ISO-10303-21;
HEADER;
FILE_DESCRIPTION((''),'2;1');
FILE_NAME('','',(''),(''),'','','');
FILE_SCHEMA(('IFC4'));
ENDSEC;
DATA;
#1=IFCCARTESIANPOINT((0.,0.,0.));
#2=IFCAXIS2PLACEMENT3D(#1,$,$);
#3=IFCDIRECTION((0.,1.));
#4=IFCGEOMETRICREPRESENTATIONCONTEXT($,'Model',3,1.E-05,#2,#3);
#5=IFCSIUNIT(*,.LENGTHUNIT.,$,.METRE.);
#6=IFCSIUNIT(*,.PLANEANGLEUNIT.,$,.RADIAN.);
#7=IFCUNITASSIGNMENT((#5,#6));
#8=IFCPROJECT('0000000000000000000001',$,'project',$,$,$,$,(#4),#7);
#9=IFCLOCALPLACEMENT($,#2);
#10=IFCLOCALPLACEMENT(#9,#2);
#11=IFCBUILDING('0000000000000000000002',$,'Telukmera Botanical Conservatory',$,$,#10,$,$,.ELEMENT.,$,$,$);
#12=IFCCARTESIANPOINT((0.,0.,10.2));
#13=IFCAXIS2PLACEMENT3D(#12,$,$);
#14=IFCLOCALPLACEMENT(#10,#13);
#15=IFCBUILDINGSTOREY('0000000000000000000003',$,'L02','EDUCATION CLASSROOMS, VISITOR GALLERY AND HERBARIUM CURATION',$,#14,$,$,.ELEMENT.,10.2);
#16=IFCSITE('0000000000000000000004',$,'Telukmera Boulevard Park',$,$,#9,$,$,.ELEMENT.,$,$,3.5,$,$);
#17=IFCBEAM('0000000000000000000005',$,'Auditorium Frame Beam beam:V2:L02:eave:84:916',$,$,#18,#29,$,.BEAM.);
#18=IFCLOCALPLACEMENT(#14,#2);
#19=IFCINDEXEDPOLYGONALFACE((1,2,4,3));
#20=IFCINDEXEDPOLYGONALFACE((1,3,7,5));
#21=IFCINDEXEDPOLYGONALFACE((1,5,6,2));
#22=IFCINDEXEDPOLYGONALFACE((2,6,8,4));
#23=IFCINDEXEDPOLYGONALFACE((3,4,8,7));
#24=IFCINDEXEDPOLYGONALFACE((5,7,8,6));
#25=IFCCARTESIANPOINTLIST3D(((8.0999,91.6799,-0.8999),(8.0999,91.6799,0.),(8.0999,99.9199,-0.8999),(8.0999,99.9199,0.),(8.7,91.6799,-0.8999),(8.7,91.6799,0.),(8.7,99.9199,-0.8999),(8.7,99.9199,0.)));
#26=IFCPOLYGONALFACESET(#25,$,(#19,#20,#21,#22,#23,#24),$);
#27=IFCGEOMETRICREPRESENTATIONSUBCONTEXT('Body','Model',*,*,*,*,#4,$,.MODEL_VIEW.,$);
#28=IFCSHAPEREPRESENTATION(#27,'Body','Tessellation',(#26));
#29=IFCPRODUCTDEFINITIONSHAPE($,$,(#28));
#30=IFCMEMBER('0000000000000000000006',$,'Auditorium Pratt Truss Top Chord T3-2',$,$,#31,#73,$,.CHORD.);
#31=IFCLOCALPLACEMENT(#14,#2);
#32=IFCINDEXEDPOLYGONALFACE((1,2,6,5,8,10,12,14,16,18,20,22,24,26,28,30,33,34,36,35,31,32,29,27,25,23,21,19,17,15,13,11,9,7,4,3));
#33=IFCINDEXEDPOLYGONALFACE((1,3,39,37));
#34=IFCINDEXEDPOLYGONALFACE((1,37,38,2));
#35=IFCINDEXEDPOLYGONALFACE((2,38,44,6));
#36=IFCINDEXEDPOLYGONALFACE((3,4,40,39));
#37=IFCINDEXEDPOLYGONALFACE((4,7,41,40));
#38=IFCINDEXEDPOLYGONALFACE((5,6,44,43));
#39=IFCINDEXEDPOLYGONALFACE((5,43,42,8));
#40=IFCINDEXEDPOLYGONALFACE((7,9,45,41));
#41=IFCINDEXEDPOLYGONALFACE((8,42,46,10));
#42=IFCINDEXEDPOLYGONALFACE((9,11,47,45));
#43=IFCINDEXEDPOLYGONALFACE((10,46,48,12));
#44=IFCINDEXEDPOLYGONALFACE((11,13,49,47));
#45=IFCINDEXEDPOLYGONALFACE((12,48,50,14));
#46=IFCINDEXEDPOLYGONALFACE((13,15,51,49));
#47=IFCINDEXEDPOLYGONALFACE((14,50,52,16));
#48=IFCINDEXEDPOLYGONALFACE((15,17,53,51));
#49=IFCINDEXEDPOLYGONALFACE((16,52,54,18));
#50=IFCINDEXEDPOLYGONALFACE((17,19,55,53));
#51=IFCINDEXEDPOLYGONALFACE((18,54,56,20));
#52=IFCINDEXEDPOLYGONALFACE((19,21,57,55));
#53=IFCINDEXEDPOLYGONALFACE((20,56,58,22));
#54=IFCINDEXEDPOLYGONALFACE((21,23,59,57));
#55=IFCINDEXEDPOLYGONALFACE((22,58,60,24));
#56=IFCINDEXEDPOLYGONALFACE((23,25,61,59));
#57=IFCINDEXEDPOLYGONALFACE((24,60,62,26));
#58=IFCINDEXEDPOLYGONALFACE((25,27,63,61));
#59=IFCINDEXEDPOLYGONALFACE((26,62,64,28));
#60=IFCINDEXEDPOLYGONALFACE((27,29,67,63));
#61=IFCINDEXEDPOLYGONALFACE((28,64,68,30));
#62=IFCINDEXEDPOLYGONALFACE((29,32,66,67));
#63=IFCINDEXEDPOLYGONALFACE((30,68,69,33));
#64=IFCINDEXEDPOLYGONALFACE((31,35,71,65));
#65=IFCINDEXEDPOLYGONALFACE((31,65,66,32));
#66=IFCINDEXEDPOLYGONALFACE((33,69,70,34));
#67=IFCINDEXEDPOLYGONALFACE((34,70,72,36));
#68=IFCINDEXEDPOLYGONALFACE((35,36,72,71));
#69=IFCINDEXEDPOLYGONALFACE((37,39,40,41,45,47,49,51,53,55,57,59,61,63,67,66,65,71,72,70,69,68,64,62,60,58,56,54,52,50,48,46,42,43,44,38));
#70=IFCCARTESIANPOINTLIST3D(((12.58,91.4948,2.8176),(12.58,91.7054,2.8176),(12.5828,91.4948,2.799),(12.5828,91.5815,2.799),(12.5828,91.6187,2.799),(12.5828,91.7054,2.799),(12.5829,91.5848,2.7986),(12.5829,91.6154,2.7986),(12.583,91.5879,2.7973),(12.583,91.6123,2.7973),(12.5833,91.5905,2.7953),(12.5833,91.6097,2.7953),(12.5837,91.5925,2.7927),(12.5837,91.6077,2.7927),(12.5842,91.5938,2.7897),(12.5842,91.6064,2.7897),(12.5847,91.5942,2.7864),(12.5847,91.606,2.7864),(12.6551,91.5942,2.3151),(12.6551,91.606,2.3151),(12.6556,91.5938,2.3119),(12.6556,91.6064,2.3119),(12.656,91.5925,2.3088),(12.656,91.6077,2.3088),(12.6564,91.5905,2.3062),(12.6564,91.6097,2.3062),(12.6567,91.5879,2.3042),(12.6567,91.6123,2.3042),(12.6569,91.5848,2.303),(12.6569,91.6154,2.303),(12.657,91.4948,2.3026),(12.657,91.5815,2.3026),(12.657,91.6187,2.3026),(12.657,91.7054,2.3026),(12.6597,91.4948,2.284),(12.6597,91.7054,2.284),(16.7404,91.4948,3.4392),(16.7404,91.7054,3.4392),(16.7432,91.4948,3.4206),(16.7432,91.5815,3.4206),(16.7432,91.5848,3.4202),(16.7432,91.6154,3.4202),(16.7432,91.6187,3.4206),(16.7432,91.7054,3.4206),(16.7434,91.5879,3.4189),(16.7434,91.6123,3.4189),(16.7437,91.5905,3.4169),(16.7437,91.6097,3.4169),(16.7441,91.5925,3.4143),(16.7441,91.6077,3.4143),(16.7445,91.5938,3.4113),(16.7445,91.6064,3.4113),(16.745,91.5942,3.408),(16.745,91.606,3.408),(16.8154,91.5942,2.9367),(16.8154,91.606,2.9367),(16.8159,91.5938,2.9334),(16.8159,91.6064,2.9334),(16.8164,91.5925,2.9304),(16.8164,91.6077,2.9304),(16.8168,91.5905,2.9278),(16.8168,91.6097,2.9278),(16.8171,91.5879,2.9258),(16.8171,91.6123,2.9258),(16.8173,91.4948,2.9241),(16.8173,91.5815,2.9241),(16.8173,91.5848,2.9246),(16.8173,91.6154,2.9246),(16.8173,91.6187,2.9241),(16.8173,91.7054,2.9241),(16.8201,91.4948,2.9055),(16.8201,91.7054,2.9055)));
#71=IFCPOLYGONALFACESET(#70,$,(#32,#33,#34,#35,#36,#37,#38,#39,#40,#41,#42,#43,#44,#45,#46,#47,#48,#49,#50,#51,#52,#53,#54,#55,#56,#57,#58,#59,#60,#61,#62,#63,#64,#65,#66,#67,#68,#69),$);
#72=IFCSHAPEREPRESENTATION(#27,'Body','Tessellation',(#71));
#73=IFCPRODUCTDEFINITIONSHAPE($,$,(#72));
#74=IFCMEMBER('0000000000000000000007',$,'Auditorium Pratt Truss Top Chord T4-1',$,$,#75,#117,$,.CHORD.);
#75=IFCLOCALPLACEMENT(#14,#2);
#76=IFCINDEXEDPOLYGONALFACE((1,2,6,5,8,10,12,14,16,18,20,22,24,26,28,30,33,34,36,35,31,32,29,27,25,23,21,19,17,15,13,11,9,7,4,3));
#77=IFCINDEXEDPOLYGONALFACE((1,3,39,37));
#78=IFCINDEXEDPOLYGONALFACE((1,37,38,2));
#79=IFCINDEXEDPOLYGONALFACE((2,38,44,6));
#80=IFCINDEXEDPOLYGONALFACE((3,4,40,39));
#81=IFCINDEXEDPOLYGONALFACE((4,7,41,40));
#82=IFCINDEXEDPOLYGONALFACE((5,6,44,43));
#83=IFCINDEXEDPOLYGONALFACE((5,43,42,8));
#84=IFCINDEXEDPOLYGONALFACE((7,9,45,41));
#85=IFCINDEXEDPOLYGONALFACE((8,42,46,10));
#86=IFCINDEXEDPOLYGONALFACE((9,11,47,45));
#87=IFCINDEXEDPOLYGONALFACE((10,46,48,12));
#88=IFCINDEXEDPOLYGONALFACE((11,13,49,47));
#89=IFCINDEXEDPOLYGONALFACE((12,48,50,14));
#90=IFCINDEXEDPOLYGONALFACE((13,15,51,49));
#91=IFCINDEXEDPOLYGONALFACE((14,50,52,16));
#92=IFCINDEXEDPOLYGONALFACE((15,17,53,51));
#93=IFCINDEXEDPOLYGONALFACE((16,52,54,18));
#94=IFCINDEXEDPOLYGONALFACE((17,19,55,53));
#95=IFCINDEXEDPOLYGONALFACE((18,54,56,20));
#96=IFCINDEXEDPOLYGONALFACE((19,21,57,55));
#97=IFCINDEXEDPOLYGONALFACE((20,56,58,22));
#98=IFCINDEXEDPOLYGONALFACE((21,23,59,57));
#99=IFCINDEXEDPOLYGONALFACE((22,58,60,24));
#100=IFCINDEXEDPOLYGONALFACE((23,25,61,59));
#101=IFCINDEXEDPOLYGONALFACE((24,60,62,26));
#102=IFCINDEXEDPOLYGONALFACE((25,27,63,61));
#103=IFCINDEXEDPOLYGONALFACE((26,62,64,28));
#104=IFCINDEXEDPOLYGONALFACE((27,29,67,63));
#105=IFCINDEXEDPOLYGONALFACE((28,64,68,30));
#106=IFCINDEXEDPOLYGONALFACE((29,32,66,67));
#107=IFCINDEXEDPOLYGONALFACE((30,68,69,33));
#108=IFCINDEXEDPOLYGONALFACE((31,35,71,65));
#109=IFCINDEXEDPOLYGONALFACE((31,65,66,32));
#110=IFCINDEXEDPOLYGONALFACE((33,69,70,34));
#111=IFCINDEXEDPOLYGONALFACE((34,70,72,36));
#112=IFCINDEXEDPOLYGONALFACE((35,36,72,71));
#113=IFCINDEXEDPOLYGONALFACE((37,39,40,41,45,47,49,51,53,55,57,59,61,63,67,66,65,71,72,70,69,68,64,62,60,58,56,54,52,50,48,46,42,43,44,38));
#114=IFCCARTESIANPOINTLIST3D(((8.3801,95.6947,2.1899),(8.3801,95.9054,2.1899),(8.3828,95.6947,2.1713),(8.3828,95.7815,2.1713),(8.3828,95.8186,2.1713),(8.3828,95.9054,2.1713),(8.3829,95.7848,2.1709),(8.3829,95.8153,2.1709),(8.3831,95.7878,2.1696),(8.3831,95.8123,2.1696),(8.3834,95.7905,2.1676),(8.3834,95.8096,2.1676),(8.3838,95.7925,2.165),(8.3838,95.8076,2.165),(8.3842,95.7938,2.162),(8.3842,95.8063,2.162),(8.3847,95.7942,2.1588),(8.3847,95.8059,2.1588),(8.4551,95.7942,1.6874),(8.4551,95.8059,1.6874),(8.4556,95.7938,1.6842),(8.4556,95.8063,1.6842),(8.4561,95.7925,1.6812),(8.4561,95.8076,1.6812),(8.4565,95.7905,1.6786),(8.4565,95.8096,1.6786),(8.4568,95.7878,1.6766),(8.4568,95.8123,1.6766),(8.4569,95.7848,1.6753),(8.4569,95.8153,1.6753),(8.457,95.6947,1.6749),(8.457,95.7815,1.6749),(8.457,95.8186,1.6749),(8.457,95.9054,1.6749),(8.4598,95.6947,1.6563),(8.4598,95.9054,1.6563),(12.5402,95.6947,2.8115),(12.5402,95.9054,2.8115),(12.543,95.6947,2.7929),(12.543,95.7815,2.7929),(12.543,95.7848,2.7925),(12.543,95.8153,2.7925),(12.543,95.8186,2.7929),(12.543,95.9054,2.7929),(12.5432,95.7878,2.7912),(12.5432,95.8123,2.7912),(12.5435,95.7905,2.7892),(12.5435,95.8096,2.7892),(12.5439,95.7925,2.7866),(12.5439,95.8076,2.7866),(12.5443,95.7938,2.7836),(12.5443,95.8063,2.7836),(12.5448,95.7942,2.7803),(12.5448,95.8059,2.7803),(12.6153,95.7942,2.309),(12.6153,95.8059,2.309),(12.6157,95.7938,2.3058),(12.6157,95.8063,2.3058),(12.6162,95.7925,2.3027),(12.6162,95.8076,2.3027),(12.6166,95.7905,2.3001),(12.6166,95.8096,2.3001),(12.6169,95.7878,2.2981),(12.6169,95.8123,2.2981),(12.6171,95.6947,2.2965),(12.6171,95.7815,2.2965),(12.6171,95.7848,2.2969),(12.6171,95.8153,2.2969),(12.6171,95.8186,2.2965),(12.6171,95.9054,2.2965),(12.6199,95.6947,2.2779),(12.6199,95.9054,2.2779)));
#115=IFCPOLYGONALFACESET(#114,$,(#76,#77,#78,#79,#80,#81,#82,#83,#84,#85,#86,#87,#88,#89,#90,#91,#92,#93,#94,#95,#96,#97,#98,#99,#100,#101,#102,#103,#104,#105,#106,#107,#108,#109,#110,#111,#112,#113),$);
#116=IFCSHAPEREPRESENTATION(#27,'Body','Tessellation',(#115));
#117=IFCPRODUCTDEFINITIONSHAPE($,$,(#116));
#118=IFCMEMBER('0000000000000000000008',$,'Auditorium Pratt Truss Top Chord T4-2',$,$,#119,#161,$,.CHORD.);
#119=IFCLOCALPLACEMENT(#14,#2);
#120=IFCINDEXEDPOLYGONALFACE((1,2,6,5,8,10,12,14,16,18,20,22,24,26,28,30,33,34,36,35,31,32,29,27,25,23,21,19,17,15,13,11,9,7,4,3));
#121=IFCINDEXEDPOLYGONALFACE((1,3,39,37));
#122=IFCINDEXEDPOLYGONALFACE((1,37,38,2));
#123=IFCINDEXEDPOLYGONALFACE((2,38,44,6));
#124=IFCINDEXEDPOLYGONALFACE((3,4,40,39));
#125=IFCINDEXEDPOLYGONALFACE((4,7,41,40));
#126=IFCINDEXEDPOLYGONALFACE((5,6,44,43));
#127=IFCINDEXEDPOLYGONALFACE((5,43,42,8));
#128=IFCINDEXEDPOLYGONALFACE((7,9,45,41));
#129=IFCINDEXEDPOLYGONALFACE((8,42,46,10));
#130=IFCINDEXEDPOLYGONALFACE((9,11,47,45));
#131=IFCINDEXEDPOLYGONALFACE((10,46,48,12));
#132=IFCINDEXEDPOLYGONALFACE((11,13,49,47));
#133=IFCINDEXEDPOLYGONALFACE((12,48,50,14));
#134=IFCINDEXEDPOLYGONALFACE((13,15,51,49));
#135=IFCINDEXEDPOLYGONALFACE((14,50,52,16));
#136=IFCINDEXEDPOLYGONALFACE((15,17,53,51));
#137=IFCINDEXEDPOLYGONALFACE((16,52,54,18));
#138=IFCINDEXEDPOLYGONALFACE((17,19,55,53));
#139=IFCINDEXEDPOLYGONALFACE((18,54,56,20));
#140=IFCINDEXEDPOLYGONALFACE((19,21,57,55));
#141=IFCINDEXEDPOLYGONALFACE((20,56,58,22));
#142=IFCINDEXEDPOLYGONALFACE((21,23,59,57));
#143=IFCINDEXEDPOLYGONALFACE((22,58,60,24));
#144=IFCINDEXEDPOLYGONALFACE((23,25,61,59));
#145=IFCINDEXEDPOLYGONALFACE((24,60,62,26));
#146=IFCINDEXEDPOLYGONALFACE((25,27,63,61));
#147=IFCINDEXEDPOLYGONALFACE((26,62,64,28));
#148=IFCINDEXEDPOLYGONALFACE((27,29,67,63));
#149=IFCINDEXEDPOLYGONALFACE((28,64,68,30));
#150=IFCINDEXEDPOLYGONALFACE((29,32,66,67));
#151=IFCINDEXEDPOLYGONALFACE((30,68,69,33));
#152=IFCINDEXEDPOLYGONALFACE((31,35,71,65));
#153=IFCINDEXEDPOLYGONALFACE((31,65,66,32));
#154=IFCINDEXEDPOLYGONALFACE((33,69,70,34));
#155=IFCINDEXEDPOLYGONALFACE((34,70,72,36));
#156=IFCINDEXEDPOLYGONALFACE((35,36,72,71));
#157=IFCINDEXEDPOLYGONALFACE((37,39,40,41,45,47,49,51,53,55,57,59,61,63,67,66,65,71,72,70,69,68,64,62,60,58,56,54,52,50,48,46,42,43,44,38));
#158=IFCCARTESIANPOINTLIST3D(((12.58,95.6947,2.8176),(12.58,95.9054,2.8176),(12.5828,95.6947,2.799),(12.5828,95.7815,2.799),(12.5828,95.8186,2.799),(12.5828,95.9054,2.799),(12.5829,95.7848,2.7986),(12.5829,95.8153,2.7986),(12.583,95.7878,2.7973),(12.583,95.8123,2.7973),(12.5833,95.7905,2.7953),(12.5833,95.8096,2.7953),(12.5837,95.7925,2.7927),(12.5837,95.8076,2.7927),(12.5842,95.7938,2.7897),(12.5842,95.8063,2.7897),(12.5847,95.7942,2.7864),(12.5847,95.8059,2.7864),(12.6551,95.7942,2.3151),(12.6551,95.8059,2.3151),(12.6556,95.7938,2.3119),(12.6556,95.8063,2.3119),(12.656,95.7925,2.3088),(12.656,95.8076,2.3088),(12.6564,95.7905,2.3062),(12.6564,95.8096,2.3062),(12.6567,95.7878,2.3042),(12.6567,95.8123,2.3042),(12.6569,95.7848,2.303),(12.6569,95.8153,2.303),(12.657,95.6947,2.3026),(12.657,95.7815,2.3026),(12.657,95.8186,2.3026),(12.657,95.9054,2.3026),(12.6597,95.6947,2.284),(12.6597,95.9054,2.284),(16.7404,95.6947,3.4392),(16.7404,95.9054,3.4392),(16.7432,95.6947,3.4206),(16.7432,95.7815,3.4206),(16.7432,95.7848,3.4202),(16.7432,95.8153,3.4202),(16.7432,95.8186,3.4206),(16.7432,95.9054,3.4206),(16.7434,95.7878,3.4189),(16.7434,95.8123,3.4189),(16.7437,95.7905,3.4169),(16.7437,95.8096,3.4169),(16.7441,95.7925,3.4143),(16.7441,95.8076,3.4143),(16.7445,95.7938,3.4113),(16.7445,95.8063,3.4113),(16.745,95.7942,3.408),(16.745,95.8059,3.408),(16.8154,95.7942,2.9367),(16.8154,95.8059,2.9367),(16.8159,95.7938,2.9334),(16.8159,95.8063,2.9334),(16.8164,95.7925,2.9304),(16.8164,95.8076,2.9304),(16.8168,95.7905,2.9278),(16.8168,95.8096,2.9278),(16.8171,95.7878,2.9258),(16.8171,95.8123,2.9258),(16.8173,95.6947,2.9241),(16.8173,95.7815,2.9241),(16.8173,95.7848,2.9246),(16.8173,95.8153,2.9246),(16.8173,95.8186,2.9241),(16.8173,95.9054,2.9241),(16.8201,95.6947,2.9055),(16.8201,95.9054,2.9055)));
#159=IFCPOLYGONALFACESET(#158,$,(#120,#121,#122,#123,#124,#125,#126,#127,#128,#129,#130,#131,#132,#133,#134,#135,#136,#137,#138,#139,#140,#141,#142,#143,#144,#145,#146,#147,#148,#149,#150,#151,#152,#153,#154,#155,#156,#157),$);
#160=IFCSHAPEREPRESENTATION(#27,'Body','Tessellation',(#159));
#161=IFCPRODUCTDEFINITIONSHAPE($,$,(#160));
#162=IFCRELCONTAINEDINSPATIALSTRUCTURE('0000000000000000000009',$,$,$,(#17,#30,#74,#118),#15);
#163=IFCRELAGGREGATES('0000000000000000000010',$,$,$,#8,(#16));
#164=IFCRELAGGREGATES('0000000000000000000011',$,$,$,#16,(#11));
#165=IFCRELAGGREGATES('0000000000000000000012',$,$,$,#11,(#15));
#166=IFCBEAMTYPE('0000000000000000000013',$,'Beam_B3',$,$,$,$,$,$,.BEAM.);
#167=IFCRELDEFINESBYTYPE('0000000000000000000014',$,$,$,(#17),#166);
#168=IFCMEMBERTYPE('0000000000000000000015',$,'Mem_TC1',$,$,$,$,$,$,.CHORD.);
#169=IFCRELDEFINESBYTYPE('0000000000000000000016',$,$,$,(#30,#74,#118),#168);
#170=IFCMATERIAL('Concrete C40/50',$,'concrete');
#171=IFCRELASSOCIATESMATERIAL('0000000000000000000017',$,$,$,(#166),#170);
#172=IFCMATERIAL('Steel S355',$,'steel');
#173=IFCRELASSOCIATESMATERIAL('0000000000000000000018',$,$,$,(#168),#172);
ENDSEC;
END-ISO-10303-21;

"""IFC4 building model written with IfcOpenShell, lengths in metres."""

from ifc_helpers import new_model, si_unit, direction, frame, origin, origin_2d, place, context, subcontext, project, spatial, rectangle, i_section, extrude, material, material_profile, profile_set, type_object, element, save


model = new_model("IFC4")

# Units and contexts
model_context = context("Model", 3, precision=1e-05, world=origin(), true_north=direction((0.0, 1.0)))
body_context = subcontext(model_context, "Body", "Model", "MODEL_VIEW")
ifc_project = project(units=[si_unit("LENGTHUNIT", "METRE"), si_unit("PLANEANGLEUNIT", "RADIAN")], contexts=[model_context])

# Site, building, storey
site_placement = place(None, origin())
site = spatial("IfcSite", under=ifc_project, at=site_placement, Name="Telukmera Boulevard Park", CompositionType="ELEMENT", RefElevation=3.5)
building_placement = place(site_placement, origin())
building = spatial("IfcBuilding", under=site, at=building_placement, Name="Telukmera Botanical Conservatory", CompositionType="ELEMENT")
storey_placement = place(building_placement, frame((0.0, 0.0, 10.2)))
storey = spatial("IfcBuildingStorey", under=building, at=storey_placement, Name="L02", Description="EDUCATION CLASSROOMS, VISITOR GALLERY AND HERBARIUM CURATION", CompositionType="ELEMENT", Elevation=10.2)

# Beam
ifc_material_1 = material(Name="Concrete C40/50", Category="concrete")
ifc_material_profile_1 = material_profile(ifc_material_1, rectangle(XDim=0.6001, YDim=0.8999, at=origin_2d()), Name="RC 600x900")
ifc_profile_set_1 = profile_set([ifc_material_profile_1], Name="Concrete C40/50")
beam_type = type_object("IfcBeamType", Name="Beam_B3", PredefinedType="BEAM", material=ifc_profile_set_1)
beam_placement = place(storey_placement, frame((8.3999, 91.6799, -0.45), z_axis=(0.0, 1.0, 0.0), x_axis=(-1.0, 0.0, 0.0)))
element("IfcBeam", 1, at=beam_placement, inside=storey, type_object=beam_type, Name="Auditorium Frame Beam beam:V2:L02:eave:84:916", PredefinedType="BEAM", context=body_context, shape_type="SweptSolid", body=[
    extrude(rectangle(XDim=0.6001, YDim=0.8999, at=origin_2d()), origin(), (0.0, 0.0, 1.0), 8.24),
])

# Members
ifc_material_2 = material(Name="Steel S355", Category="steel")
ifc_material_profile_2 = material_profile(ifc_material_2, i_section(OverallWidth=0.2107, OverallDepth=0.5396, WebThickness=0.0117, FlangeThickness=0.0188, FilletRadius=0.0127, at=origin_2d()), Name="UB 533x210x109")
ifc_profile_set_2 = profile_set([ifc_material_profile_2], Name="Steel S355")
member_type_1 = type_object("IfcMemberType", Name="Mem_TC1", PredefinedType="CHORD", material=ifc_profile_set_2)
member_1_placement = place(storey_placement, frame((12.6199, 91.6001, 2.5508), z_axis=(0.989023, 0.0, 0.147764), x_axis=(0.0, 1.0, 0.0)))
element("IfcMember", 2, at=member_1_placement, inside=storey, type_object=member_type_1, Name="Auditorium Pratt Truss Top Chord T3-2", PredefinedType="CHORD", context=body_context, shape_type="SweptSolid", body=[
    extrude(i_section(OverallWidth=0.2107, OverallDepth=0.5396, WebThickness=0.0117, FlangeThickness=0.0188, FilletRadius=0.0127, at=origin_2d()), origin(), (0.0, 0.0, 1.0), 4.2065),
])
member_2_placement = place(storey_placement, frame((8.4199, 95.8, 1.9231), z_axis=(0.989021, 0.0, 0.147773), x_axis=(0.0, 1.0, 0.0)))
element("IfcMember", 3, at=member_2_placement, inside=storey, type_object=member_type_1, Name="Auditorium Pratt Truss Top Chord T4-1", PredefinedType="CHORD", context=body_context, shape_type="SweptSolid", body=[
    extrude(i_section(OverallWidth=0.2107, OverallDepth=0.5396, WebThickness=0.0117, FlangeThickness=0.0188, FilletRadius=0.0127, at=origin_2d()), origin(), (0.0, 0.0, 1.0), 4.2063),
])
member_3_placement = place(storey_placement, frame((12.6199, 95.8, 2.5508), z_axis=(0.989023, 0.0, 0.147764), x_axis=(0.0, 1.0, 0.0)))
element("IfcMember", 4, at=member_3_placement, inside=storey, type_object=member_type_1, Name="Auditorium Pratt Truss Top Chord T4-2", PredefinedType="CHORD", context=body_context, shape_type="SweptSolid", body=[
    extrude(i_section(OverallWidth=0.2107, OverallDepth=0.5396, WebThickness=0.0117, FlangeThickness=0.0188, FilletRadius=0.0127, at=origin_2d()), origin(), (0.0, 0.0, 1.0), 4.2065),
])

save(model, "model.ifc")
